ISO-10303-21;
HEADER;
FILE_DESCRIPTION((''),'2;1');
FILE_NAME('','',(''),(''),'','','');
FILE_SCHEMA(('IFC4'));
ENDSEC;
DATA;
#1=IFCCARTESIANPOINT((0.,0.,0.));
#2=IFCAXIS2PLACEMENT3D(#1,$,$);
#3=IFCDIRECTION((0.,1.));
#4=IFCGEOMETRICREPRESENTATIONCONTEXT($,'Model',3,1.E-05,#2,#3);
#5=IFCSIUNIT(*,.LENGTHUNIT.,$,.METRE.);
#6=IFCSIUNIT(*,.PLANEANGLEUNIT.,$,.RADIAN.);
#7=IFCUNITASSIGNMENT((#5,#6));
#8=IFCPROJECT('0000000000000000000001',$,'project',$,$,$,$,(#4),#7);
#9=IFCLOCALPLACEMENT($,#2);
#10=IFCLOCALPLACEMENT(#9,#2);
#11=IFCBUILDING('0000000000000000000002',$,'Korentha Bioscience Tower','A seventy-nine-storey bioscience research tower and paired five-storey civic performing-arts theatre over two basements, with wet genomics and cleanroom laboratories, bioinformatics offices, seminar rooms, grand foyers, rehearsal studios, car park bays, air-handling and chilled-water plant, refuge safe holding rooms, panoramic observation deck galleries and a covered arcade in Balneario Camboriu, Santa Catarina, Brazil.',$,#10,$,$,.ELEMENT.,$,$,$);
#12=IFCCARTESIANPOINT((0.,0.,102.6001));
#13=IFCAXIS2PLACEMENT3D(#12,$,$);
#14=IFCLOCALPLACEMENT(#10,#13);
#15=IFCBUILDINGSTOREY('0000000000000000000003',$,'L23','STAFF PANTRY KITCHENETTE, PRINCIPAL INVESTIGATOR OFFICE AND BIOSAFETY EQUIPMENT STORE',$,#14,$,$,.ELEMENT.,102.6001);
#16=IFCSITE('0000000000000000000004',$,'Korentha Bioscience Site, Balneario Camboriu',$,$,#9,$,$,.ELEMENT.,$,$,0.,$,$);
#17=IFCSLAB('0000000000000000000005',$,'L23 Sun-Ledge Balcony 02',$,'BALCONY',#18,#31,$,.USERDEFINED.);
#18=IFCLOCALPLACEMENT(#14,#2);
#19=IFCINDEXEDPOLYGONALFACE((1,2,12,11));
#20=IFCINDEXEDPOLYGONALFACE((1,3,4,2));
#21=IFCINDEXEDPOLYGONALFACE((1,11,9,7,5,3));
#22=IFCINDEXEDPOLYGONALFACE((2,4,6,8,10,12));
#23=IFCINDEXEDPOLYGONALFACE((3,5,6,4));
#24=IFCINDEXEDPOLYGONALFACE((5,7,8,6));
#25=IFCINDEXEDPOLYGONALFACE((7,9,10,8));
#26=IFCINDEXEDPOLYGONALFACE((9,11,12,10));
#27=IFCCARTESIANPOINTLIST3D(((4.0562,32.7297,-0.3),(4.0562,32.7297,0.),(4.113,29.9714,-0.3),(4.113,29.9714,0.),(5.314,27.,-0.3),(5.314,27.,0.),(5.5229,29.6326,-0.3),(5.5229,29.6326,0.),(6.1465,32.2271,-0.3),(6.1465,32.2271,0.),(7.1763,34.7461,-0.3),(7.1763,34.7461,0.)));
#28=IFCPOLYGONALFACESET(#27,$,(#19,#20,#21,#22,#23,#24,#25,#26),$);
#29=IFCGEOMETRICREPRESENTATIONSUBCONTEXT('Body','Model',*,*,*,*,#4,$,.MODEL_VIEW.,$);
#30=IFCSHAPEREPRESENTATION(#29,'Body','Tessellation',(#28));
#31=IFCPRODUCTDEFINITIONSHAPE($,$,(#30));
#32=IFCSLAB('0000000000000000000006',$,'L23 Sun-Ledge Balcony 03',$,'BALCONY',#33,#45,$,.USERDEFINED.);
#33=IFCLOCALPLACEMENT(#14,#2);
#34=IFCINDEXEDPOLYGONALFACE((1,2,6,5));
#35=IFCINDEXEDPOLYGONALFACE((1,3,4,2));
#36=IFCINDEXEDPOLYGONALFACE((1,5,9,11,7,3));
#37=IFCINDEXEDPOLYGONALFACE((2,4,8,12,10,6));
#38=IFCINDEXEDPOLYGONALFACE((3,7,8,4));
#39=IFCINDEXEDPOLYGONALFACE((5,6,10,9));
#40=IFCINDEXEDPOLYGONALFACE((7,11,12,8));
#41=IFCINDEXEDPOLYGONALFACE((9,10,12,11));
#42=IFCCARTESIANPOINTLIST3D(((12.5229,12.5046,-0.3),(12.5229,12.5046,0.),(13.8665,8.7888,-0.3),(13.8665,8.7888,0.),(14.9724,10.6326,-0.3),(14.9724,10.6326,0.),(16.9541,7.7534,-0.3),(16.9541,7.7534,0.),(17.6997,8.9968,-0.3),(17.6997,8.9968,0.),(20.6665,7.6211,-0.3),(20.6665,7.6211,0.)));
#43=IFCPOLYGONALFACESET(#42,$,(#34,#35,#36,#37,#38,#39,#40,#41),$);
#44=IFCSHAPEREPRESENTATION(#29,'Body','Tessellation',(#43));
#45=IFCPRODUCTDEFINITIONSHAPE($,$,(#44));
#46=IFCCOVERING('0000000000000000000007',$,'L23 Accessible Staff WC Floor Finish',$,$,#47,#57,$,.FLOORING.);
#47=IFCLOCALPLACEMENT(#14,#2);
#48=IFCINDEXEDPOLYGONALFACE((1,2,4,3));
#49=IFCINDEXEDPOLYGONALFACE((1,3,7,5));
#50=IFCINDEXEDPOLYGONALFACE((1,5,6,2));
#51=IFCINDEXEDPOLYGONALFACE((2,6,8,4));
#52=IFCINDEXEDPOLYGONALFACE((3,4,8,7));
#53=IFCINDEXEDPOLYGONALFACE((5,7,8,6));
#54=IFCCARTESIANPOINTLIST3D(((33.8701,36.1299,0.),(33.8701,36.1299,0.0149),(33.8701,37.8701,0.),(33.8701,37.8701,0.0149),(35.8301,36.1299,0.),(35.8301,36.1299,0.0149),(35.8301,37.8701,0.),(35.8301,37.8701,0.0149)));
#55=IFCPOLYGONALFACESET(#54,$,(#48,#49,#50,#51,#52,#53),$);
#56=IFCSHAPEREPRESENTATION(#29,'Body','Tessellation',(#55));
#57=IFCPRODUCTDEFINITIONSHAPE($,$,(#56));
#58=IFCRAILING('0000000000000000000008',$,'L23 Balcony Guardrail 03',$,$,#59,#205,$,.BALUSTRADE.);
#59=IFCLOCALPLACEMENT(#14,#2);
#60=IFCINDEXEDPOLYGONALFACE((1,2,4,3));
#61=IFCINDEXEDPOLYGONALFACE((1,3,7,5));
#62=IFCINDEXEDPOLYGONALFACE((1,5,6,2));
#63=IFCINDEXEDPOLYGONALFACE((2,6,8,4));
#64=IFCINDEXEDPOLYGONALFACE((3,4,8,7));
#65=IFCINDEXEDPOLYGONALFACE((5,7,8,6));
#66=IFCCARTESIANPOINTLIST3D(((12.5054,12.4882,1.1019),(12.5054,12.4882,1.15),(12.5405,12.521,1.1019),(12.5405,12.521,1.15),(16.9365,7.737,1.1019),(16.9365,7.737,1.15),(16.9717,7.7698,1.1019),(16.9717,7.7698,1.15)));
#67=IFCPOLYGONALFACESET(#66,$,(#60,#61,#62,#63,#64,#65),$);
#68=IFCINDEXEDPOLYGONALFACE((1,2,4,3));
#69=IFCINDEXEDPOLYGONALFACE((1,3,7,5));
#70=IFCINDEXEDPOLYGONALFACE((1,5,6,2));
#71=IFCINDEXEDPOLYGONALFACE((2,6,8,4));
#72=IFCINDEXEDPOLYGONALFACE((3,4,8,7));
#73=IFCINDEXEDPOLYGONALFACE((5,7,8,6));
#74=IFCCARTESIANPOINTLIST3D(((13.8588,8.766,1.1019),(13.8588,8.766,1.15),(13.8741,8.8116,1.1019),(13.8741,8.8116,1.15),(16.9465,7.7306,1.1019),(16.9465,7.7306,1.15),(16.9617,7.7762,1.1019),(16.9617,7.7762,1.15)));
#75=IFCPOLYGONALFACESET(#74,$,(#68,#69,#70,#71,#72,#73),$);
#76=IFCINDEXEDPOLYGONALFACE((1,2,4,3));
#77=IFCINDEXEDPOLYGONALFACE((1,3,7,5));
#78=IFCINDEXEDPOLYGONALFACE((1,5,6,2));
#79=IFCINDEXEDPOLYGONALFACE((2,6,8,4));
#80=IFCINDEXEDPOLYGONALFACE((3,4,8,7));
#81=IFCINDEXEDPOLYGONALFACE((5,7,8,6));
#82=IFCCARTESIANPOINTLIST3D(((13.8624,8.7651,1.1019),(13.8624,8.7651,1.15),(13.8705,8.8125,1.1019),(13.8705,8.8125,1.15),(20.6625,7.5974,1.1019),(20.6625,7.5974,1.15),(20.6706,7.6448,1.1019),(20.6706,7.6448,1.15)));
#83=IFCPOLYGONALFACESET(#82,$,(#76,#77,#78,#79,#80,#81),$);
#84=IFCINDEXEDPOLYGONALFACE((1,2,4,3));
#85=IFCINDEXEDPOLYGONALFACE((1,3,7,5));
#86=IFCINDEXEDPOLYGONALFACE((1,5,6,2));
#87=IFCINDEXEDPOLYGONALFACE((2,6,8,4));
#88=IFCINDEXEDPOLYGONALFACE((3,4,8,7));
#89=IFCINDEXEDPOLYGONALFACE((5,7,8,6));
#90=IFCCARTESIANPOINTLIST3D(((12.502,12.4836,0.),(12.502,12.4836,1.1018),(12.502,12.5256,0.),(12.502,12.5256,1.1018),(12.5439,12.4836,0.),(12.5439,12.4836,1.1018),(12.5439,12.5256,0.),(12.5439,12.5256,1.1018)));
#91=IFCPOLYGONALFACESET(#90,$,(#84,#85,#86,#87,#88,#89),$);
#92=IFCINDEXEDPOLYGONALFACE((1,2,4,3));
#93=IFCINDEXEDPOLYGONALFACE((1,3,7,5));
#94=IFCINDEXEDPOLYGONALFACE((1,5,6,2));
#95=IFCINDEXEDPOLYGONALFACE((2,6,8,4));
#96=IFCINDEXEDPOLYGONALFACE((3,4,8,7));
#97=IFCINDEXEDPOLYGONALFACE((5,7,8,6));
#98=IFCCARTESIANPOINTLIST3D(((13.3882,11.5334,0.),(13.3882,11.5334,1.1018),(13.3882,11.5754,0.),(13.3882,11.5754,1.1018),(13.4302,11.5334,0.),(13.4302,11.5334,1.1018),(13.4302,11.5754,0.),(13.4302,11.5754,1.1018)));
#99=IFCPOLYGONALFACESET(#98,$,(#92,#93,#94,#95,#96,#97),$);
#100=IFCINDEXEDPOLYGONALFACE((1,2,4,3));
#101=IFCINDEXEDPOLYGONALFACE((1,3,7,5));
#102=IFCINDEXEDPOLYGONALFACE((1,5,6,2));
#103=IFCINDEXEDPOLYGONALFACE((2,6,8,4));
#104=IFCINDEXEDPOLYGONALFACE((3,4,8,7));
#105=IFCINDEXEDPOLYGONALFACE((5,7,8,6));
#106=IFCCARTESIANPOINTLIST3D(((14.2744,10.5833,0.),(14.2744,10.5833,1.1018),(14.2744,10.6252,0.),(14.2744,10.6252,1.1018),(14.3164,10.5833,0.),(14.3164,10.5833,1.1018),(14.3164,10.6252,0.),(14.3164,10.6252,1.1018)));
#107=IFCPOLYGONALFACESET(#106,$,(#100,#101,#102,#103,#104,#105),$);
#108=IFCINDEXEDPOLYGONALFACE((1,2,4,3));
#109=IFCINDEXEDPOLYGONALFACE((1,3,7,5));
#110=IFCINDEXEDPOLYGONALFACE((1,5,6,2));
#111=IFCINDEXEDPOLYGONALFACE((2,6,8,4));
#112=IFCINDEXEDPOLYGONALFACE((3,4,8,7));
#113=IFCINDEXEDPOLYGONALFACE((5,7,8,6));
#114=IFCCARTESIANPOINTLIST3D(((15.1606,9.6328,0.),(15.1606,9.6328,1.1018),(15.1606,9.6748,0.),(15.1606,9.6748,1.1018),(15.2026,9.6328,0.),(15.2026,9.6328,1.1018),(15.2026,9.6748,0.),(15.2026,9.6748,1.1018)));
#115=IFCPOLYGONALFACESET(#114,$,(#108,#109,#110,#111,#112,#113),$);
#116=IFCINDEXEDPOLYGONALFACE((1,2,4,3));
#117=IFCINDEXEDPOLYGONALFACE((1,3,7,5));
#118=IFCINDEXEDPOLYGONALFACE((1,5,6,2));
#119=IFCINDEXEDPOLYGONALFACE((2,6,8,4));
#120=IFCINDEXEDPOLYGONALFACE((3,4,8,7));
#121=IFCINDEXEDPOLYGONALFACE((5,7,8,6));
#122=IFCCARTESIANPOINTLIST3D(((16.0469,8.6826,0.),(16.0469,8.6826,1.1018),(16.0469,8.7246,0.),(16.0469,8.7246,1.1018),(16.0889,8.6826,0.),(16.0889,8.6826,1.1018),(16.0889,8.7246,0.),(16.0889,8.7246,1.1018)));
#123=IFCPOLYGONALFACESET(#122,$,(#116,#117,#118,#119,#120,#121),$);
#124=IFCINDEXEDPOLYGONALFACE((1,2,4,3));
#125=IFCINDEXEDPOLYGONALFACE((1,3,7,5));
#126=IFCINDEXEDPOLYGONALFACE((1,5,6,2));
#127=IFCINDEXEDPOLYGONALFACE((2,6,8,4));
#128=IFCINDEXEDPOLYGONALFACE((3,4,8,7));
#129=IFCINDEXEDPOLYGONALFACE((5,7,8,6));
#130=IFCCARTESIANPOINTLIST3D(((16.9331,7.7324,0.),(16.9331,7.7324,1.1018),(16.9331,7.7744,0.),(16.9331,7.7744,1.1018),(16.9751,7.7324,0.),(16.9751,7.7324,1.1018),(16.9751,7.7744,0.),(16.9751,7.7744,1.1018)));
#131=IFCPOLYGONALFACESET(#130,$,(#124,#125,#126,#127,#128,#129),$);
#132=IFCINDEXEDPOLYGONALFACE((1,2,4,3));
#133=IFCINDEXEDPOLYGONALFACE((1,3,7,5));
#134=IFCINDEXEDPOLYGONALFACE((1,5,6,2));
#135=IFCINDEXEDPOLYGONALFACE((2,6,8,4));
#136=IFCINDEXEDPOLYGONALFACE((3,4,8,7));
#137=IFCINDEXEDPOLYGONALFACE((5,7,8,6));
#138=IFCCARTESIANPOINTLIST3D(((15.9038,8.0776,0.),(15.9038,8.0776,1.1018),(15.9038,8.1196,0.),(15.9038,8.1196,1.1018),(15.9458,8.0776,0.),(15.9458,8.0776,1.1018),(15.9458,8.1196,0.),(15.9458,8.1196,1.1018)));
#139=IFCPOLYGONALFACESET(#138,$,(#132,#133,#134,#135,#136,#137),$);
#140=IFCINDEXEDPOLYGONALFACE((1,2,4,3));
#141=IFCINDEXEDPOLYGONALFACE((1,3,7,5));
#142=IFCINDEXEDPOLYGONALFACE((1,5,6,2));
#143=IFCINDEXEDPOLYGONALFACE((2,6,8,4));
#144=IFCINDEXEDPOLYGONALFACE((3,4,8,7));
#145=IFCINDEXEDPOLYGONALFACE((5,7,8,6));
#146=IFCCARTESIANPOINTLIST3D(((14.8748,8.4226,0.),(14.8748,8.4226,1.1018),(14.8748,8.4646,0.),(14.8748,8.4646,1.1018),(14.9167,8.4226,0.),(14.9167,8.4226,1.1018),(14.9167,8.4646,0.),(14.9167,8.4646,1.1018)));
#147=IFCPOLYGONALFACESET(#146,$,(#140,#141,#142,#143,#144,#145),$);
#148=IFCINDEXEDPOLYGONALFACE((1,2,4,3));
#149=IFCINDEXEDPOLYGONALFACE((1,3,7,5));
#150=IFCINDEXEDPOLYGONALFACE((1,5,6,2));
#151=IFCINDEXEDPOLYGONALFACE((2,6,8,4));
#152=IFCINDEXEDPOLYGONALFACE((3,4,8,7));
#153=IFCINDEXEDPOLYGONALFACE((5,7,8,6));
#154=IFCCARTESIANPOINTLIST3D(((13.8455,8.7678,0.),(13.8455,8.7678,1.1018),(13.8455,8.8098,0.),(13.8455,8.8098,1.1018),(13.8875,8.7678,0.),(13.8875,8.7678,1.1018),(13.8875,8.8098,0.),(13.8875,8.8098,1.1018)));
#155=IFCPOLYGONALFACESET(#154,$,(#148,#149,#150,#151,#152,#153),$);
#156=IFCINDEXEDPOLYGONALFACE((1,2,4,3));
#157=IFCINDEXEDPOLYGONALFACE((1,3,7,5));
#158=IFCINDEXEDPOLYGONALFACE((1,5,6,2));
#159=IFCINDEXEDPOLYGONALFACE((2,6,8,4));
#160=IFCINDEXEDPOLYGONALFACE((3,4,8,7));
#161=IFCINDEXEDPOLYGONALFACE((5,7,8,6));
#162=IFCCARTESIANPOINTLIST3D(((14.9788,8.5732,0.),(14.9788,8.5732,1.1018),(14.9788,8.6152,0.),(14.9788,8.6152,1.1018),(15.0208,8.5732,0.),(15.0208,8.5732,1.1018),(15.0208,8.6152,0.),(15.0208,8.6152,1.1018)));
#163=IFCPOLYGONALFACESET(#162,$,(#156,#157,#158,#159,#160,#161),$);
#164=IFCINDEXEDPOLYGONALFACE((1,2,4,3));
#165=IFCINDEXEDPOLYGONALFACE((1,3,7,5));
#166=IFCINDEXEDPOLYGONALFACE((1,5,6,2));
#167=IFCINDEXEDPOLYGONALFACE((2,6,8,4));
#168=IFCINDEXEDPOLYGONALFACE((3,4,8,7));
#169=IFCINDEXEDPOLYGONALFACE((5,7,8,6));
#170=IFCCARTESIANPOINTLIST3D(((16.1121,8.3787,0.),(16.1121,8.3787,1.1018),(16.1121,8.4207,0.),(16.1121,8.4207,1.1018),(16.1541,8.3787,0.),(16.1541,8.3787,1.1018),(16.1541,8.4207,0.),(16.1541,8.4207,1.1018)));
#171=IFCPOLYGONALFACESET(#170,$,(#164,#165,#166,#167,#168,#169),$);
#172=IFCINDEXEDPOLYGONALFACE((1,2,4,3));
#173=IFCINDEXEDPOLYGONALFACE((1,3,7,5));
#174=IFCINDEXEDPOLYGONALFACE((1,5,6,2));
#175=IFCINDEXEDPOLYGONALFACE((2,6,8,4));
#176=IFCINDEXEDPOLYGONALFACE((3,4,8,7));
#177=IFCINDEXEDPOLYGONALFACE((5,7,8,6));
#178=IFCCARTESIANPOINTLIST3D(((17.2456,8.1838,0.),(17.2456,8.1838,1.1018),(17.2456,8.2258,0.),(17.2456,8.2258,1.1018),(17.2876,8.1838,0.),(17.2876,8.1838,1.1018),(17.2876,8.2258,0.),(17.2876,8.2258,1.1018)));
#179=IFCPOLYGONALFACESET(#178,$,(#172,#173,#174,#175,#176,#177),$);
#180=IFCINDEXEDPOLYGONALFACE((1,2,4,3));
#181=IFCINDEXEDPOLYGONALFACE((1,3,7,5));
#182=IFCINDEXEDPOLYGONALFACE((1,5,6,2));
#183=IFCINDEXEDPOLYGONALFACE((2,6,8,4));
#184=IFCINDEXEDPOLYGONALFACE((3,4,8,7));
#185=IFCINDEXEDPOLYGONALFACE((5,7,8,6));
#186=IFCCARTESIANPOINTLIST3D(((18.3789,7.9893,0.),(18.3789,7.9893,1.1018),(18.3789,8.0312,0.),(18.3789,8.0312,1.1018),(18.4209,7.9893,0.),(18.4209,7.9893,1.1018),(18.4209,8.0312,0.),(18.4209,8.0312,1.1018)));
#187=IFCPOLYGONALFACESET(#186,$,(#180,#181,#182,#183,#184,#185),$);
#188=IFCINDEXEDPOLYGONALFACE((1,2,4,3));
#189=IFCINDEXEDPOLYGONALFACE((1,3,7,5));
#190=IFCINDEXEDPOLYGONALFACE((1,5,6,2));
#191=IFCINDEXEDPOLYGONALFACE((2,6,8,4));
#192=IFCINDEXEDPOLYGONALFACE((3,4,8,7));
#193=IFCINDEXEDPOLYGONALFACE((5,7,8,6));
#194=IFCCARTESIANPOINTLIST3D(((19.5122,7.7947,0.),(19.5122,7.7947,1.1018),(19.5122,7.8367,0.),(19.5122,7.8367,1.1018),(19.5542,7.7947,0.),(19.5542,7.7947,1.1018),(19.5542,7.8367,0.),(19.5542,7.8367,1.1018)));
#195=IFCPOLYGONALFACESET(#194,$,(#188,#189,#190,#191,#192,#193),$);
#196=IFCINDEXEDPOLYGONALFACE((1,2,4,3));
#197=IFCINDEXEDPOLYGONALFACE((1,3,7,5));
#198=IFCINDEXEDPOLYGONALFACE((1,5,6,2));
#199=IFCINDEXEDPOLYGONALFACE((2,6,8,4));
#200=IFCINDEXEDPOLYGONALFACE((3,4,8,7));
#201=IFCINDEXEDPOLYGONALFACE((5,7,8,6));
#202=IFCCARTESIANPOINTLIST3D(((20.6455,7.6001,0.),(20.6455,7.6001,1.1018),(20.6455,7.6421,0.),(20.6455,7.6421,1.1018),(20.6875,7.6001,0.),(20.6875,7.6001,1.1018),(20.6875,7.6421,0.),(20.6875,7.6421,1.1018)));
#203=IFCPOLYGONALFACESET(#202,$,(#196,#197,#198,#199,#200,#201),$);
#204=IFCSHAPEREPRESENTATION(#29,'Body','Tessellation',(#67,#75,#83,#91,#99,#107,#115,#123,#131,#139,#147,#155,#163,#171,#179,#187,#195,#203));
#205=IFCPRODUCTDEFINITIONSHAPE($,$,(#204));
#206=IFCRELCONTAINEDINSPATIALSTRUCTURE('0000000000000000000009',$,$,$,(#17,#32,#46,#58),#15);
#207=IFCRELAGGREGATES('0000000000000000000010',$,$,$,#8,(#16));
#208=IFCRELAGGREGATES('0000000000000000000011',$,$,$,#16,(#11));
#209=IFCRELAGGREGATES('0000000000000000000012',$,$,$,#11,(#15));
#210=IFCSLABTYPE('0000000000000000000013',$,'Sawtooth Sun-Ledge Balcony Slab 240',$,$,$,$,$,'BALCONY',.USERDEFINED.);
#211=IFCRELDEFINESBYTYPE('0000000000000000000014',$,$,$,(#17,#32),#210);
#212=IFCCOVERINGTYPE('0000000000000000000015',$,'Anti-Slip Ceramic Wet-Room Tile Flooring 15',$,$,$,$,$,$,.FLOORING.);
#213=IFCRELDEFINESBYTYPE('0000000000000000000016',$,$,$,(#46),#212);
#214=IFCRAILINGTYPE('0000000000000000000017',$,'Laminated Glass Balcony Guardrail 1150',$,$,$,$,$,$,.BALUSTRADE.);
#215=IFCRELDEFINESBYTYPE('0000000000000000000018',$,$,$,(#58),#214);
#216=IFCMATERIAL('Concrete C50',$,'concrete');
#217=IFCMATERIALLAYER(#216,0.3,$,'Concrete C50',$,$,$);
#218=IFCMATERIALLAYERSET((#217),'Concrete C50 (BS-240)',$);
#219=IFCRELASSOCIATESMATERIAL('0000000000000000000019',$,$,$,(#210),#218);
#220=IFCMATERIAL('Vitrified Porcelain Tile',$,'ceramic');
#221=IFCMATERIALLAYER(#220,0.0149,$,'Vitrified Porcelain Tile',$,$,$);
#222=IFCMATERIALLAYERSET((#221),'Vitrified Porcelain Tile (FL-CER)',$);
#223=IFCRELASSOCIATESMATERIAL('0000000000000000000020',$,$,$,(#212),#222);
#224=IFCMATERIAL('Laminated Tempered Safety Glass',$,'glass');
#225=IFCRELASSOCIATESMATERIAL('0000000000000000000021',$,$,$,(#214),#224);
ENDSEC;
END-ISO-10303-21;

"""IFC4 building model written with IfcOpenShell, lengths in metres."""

from ifc_helpers import new_model, si_unit, direction, frame, origin, origin_2d, place, context, subcontext, project, spatial, polyline, rectangle, outline, extrude, material, layer, layer_set, type_object, element, save


model = new_model("IFC4")

# Units and contexts
model_context = context("Model", 3, precision=1e-05, world=origin(), true_north=direction((0.0, 1.0)))
body_context = subcontext(model_context, "Body", "Model", "MODEL_VIEW")
ifc_project = project(units=[si_unit("LENGTHUNIT", "METRE"), si_unit("PLANEANGLEUNIT", "RADIAN")], contexts=[model_context])

# Site, building, storey
site_placement = place(None, origin())
site = spatial("IfcSite", under=ifc_project, at=site_placement, Name="Korentha Bioscience Site, Balneario Camboriu", CompositionType="ELEMENT", RefElevation=0.0)
building_placement = place(site_placement, origin())
building = spatial("IfcBuilding", under=site, at=building_placement, Name="Korentha Bioscience Tower", Description="A seventy-nine-storey bioscience research tower and paired five-storey civic performing-arts theatre over two basements, with wet genomics and cleanroom laboratories, bioinformatics offices, seminar rooms, grand foyers, rehearsal studios, car park bays, air-handling and chilled-water plant, refuge safe holding rooms, panoramic observation deck galleries and a covered arcade in Balneario Camboriu, Santa Catarina, Brazil.", CompositionType="ELEMENT")
storey_placement = place(building_placement, frame((0.0, 0.0, 102.6001)))
storey = spatial("IfcBuildingStorey", under=building, at=storey_placement, Name="L23", Description="STAFF PANTRY KITCHENETTE, PRINCIPAL INVESTIGATOR OFFICE AND BIOSAFETY EQUIPMENT STORE", CompositionType="ELEMENT", Elevation=102.6001)

# Shared definitions
ifc_material_1 = material(Name="Concrete C50", Category="concrete")

# Slabs
ifc_layer_1 = layer(ifc_material_1, 0.3, Name="Concrete C50")
ifc_layer_set_1 = layer_set([ifc_layer_1], Name="Concrete C50 (BS-240)")
slab_type_1 = type_object("IfcSlabType", Name="Sawtooth Sun-Ledge Balcony Slab 240", ElementType="BALCONY", PredefinedType="USERDEFINED", material=ifc_layer_set_1)
slab_1_placement = place(storey_placement, frame((0.0, 0.0, -0.3)))
element("IfcSlab", 1, at=slab_1_placement, inside=storey, type_object=slab_type_1, Name="L23 Sun-Ledge Balcony 02", ObjectType="BALCONY", PredefinedType="USERDEFINED", context=body_context, shape_type="SweptSolid", body=[
    extrude(outline(polyline([(5.314, 27.0), (5.5229, 29.6326), (6.1465, 32.2271), (7.1763, 34.7461), (4.0562, 32.7297), (4.113, 29.9714), (5.314, 27.0)])), origin(), (0.0, 0.0, 1.0), 0.3),
])
slab_2_placement = place(storey_placement, frame((0.0, 0.0, -0.3)))
element("IfcSlab", 2, at=slab_2_placement, inside=storey, type_object=slab_type_1, Name="L23 Sun-Ledge Balcony 03", ObjectType="BALCONY", PredefinedType="USERDEFINED", context=body_context, shape_type="SweptSolid", body=[
    extrude(outline(polyline([(20.6665, 7.6211), (17.6997, 8.9968), (14.9724, 10.6326), (12.5229, 12.5046), (13.8665, 8.7888), (16.9541, 7.7534), (20.6665, 7.6211)])), origin(), (0.0, 0.0, 1.0), 0.3),
])

# Covering
ifc_material_2 = material(Name="Vitrified Porcelain Tile", Category="ceramic")
ifc_layer_2 = layer(ifc_material_2, 0.0149, Name="Vitrified Porcelain Tile")
ifc_layer_set_2 = layer_set([ifc_layer_2], Name="Vitrified Porcelain Tile (FL-CER)")
covering_type_1 = type_object("IfcCoveringType", Name="Anti-Slip Ceramic Wet-Room Tile Flooring 15", PredefinedType="FLOORING", material=ifc_layer_set_2)
covering_1_placement = place(storey_placement, origin())
element("IfcCovering", 3, at=covering_1_placement, inside=storey, type_object=covering_type_1, Name="L23 Accessible Staff WC Floor Finish", PredefinedType="FLOORING", context=body_context, shape_type="SweptSolid", body=[
    extrude(outline(polyline([(33.8701, 36.1299), (33.8701, 37.8701), (35.8301, 37.8701), (35.8301, 36.1299), (33.8701, 36.1299)])), origin(), (0.0, 0.0, 1.0), 0.0149),
])

# Railing
ifc_material_3 = material(Name="Laminated Tempered Safety Glass", Category="glass")
railing_type = type_object("IfcRailingType", Name="Laminated Glass Balcony Guardrail 1150", PredefinedType="BALUSTRADE", material=ifc_material_3)
railing_placement = place(storey_placement, frame((12.5229, 12.5046, 0.0)))
element("IfcRailing", 4, at=railing_placement, inside=storey, type_object=railing_type, Name="L23 Balcony Guardrail 03", PredefinedType="BALUSTRADE", context=body_context, shape_type="SweptSolid", body=[
    extrude(rectangle(XDim=0.0481, YDim=0.0481, at=origin_2d()), frame((0.0, 0.0, 1.126), z_axis=(0.682045, -0.73131, 0.0), x_axis=(0.73131, 0.682045, 0.0)), (0.0, 0.0, 1.0), 6.4968),
    extrude(rectangle(XDim=0.0481, YDim=0.0481, at=origin_2d()), frame((4.4312, -4.7512, 1.126), z_axis=(-0.948112, 0.317937, 0.0), x_axis=(-0.317937, -0.948112, 0.0)), (0.0, 0.0, 1.0), 3.2566),
    extrude(rectangle(XDim=0.0481, YDim=0.0481, at=origin_2d()), frame((1.3435, -3.7158, 1.126), z_axis=(0.985574, -0.169246, 0.0), x_axis=(0.169246, 0.985574, 0.0)), (0.0, 0.0, 1.0), 6.8997),
    extrude(rectangle(XDim=0.042, YDim=0.042, at=origin_2d()), origin(), (0.0, 0.0, 1.0), 1.1018),
    extrude(rectangle(XDim=0.042, YDim=0.042, at=origin_2d()), frame((0.8862, -0.9502, 0.0)), (0.0, 0.0, 1.0), 1.1018),
    extrude(rectangle(XDim=0.042, YDim=0.042, at=origin_2d()), frame((1.7725, -1.9004, 0.0)), (0.0, 0.0, 1.0), 1.1018),
    extrude(rectangle(XDim=0.042, YDim=0.042, at=origin_2d()), frame((2.6587, -2.8508, 0.0)), (0.0, 0.0, 1.0), 1.1018),
    extrude(rectangle(XDim=0.042, YDim=0.042, at=origin_2d()), frame((3.5449, -3.801, 0.0)), (0.0, 0.0, 1.0), 1.1018),
    extrude(rectangle(XDim=0.042, YDim=0.042, at=origin_2d()), frame((4.4312, -4.7512, 0.0)), (0.0, 0.0, 1.0), 1.1018),
    extrude(rectangle(XDim=0.042, YDim=0.042, at=origin_2d()), frame((3.4019, -4.406, 0.0)), (0.0, 0.0, 1.0), 1.1018),
    extrude(rectangle(XDim=0.042, YDim=0.042, at=origin_2d()), frame((2.3728, -4.061, 0.0)), (0.0, 0.0, 1.0), 1.1018),
    extrude(rectangle(XDim=0.042, YDim=0.042, at=origin_2d()), frame((1.3435, -3.7158, 0.0)), (0.0, 0.0, 1.0), 1.1018),
    extrude(rectangle(XDim=0.042, YDim=0.042, at=origin_2d()), frame((2.4768, -3.9104, 0.0)), (0.0, 0.0, 1.0), 1.1018),
    extrude(rectangle(XDim=0.042, YDim=0.042, at=origin_2d()), frame((3.6101, -4.105, 0.0)), (0.0, 0.0, 1.0), 1.1018),
    extrude(rectangle(XDim=0.042, YDim=0.042, at=origin_2d()), frame((4.7437, -4.2998, 0.0)), (0.0, 0.0, 1.0), 1.1018),
    extrude(rectangle(XDim=0.042, YDim=0.042, at=origin_2d()), frame((5.877, -4.4944, 0.0)), (0.0, 0.0, 1.0), 1.1018),
    extrude(rectangle(XDim=0.042, YDim=0.042, at=origin_2d()), frame((7.0103, -4.689, 0.0)), (0.0, 0.0, 1.0), 1.1018),
    extrude(rectangle(XDim=0.042, YDim=0.042, at=origin_2d()), frame((8.1436, -4.8835, 0.0)), (0.0, 0.0, 1.0), 1.1018),
])

save(model, "model.ifc")
